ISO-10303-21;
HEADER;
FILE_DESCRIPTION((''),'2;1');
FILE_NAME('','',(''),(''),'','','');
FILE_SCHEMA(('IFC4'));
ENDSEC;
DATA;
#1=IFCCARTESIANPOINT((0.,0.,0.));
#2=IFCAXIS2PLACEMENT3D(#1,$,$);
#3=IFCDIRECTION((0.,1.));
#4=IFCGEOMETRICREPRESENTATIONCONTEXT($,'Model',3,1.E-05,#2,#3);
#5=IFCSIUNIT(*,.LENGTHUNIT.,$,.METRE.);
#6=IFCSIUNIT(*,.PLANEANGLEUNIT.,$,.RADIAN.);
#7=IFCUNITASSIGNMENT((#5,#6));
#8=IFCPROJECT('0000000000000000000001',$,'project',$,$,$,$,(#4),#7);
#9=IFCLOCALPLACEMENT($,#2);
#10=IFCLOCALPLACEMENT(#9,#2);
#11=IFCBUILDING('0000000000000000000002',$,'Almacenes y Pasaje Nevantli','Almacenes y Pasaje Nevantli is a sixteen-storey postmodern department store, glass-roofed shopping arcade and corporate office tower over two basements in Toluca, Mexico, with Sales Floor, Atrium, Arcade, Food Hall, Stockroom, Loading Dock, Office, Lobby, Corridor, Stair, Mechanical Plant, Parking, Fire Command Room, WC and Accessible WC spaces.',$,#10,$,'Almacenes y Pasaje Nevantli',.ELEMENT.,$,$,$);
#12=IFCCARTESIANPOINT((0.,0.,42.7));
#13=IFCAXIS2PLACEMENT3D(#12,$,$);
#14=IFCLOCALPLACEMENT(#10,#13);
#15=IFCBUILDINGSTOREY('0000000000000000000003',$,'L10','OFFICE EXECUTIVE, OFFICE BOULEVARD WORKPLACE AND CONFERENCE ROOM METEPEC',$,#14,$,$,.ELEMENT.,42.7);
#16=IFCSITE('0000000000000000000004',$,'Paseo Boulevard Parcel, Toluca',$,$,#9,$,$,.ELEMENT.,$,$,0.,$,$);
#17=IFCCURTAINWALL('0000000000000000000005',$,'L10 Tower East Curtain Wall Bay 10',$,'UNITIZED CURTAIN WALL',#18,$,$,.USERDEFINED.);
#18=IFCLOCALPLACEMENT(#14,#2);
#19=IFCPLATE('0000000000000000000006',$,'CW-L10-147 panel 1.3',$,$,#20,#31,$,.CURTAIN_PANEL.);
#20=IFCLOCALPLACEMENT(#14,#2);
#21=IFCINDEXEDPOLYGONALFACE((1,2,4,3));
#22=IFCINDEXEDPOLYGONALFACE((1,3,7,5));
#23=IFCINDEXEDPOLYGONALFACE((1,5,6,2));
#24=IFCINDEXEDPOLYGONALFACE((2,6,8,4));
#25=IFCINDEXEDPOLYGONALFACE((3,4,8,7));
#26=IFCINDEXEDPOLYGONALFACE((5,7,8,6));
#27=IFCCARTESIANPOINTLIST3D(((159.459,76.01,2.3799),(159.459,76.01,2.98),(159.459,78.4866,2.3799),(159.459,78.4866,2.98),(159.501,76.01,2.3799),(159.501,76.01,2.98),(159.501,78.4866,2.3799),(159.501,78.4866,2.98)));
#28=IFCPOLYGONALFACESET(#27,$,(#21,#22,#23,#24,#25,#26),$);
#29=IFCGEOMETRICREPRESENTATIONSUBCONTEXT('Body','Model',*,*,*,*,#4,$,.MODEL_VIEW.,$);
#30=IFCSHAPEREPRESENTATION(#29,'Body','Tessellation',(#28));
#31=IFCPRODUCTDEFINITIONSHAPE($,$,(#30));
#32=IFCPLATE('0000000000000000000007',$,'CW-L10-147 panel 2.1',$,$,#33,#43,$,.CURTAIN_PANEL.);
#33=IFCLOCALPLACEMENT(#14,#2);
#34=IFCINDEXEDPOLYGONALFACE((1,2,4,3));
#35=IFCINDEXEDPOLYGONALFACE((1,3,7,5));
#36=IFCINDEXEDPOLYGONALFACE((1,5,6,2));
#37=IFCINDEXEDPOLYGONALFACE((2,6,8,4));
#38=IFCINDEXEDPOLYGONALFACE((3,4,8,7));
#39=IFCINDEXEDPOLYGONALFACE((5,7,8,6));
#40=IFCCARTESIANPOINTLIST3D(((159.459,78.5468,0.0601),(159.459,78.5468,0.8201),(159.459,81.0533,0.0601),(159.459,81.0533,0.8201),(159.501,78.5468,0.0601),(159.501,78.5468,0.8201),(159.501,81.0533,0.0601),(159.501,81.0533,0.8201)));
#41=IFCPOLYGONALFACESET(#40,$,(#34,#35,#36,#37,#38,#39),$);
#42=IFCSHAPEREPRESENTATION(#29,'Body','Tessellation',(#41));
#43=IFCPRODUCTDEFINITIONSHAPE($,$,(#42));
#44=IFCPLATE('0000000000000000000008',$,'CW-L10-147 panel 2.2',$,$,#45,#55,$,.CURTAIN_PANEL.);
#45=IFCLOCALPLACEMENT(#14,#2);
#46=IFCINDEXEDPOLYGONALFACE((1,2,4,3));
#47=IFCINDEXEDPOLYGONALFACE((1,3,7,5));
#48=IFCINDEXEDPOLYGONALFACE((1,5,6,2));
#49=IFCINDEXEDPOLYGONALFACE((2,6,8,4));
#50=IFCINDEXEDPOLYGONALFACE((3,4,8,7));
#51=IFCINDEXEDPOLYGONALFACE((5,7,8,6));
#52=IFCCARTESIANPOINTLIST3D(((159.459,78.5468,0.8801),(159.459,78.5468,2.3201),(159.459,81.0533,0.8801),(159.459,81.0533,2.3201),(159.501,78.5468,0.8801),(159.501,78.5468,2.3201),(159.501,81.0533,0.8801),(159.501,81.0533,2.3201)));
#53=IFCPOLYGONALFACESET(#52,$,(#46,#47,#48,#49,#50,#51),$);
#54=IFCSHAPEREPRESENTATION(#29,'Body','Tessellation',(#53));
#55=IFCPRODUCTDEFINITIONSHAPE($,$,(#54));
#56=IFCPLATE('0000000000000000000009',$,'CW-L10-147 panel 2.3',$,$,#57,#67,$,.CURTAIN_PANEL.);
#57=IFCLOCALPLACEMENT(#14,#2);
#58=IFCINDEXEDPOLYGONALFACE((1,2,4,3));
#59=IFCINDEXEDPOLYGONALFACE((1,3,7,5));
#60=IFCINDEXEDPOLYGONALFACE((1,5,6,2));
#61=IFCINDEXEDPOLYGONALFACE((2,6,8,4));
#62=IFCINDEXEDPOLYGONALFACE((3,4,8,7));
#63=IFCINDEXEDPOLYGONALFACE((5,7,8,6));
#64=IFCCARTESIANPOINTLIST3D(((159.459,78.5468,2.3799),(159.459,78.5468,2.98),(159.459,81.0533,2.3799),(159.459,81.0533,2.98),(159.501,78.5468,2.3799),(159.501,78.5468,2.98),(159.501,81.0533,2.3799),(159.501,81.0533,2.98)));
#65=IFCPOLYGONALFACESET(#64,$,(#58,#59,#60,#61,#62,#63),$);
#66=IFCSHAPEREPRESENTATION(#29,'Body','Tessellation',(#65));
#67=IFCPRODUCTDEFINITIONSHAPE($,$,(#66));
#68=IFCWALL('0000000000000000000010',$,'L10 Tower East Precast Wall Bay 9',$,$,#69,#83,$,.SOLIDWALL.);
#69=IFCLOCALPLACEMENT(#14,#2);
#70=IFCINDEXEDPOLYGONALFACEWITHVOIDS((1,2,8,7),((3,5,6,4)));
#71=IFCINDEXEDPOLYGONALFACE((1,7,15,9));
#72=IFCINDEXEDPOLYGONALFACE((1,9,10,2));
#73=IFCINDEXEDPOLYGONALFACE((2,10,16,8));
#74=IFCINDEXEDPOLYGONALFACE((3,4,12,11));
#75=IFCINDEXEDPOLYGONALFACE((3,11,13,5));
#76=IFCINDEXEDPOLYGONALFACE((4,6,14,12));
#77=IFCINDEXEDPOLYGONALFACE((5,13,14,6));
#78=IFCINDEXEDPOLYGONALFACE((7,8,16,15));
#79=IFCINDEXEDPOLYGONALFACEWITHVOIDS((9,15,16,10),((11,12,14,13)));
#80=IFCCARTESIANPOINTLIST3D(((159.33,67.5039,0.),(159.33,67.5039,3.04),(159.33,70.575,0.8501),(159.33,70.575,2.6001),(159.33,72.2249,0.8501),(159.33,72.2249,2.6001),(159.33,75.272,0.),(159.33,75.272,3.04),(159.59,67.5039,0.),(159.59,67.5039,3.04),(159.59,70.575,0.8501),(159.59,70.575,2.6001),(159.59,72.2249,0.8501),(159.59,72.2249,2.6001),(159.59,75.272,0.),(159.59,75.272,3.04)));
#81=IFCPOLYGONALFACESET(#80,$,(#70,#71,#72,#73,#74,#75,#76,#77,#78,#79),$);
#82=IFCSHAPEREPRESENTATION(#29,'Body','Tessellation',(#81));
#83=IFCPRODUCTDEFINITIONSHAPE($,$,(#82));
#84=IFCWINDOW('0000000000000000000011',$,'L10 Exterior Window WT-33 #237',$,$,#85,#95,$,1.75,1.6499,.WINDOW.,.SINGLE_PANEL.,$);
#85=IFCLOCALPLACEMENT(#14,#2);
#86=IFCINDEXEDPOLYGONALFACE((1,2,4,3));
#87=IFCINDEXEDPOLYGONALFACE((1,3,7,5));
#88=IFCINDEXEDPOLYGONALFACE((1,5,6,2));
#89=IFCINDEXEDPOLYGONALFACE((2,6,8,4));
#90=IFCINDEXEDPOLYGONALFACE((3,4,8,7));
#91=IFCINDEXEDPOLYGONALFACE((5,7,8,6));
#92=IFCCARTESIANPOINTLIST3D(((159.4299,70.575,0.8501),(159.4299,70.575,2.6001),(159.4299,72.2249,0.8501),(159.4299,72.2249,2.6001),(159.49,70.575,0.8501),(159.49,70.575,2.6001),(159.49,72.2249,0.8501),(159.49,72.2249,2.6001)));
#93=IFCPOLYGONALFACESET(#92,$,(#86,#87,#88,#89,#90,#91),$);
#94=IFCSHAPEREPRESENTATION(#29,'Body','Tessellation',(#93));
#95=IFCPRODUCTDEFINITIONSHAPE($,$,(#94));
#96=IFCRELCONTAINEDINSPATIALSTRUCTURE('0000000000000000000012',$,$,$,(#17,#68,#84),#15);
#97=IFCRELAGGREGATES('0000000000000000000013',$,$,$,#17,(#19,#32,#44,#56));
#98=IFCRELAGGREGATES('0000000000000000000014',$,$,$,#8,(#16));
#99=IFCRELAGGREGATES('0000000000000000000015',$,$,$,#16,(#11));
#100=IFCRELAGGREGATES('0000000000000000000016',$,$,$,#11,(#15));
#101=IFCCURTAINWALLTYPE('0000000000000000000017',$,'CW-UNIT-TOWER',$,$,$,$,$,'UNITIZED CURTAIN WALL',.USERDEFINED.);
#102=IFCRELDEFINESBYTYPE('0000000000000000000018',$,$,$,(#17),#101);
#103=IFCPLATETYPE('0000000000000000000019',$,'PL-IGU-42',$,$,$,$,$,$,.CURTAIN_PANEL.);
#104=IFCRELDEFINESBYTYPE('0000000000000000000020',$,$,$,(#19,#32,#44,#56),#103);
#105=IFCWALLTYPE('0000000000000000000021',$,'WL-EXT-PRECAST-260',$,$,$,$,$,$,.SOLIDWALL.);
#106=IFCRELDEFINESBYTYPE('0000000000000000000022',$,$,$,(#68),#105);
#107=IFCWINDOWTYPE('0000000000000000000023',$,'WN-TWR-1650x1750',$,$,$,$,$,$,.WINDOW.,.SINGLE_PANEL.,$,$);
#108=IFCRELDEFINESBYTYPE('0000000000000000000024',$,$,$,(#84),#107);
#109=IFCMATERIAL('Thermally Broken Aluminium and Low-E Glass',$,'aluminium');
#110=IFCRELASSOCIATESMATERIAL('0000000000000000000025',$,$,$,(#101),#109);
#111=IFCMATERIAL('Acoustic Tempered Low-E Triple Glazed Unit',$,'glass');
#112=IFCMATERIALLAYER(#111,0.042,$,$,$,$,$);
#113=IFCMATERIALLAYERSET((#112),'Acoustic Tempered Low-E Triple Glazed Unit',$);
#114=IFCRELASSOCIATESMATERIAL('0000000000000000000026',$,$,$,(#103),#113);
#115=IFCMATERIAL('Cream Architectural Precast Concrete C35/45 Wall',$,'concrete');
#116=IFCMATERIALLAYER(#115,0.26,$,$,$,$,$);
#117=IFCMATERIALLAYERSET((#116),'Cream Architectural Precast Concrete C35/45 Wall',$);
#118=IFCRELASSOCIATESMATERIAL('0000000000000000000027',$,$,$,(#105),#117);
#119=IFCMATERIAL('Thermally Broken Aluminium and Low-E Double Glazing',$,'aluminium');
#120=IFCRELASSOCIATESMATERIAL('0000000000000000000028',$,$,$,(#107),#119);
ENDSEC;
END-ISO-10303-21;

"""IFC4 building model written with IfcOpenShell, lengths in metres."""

from ifc_helpers import new_model, si_unit, direction, frame, frame_2d, origin, origin_2d, place, context, subcontext, project, spatial, rectangle, extrude, material, layer, layer_set, type_object, element, fill, aggregate, save


model = new_model("IFC4")

# Units and contexts
model_context = context("Model", 3, precision=1e-05, world=origin(), true_north=direction((0.0, 1.0)))
body_context = subcontext(model_context, "Body", "Model", "MODEL_VIEW")
ifc_project = project(units=[si_unit("LENGTHUNIT", "METRE"), si_unit("PLANEANGLEUNIT", "RADIAN")], contexts=[model_context])

# Site, building, storey
site_placement = place(None, origin())
site = spatial("IfcSite", under=ifc_project, at=site_placement, Name="Paseo Boulevard Parcel, Toluca", CompositionType="ELEMENT", RefElevation=0.0)
building_placement = place(site_placement, origin())
building = spatial("IfcBuilding", under=site, at=building_placement, Name="Almacenes y Pasaje Nevantli", Description="Almacenes y Pasaje Nevantli is a sixteen-storey postmodern department store, glass-roofed shopping arcade and corporate office tower over two basements in Toluca, Mexico, with Sales Floor, Atrium, Arcade, Food Hall, Stockroom, Loading Dock, Office, Lobby, Corridor, Stair, Mechanical Plant, Parking, Fire Command Room, WC and Accessible WC spaces.", LongName="Almacenes y Pasaje Nevantli", CompositionType="ELEMENT")
storey_placement = place(building_placement, frame((0.0, 0.0, 42.7)))
storey = spatial("IfcBuildingStorey", under=building, at=storey_placement, Name="L10", Description="OFFICE EXECUTIVE, OFFICE BOULEVARD WORKPLACE AND CONFERENCE ROOM METEPEC", CompositionType="ELEMENT", Elevation=42.7)

# Shared definitions
ifc_material_1 = material(Name="Thermally Broken Aluminium and Low-E Glass", Category="aluminium")
curtain_wall_type = type_object("IfcCurtainWallType", Name="CW-UNIT-TOWER", ElementType="UNITIZED CURTAIN WALL", PredefinedType="USERDEFINED", material=ifc_material_1)

# Curtain wall, plates
curtain_wall_1_placement = place(storey_placement, origin())
curtain_wall_1 = element("IfcCurtainWall", 1, at=curtain_wall_1_placement, inside=storey, type_object=curtain_wall_type, Name="L10 Tower East Curtain Wall Bay 10", ObjectType="UNITIZED CURTAIN WALL", PredefinedType="USERDEFINED")
ifc_material_2 = material(Name="Acoustic Tempered Low-E Triple Glazed Unit", Category="glass")
ifc_layer_1 = layer(ifc_material_2, 0.042)
ifc_layer_set_1 = layer_set([ifc_layer_1], Name="Acoustic Tempered Low-E Triple Glazed Unit")
plate_type = type_object("IfcPlateType", Name="PL-IGU-42", PredefinedType="CURTAIN_PANEL", material=ifc_layer_set_1)
plate_1_placement = place(storey_placement, frame((159.48, 77.2483, 2.3799), z_axis=(0.0, 0.0, 1.0), x_axis=(0.0, 1.0, 0.0)))
plate_1 = element("IfcPlate", 2, at=plate_1_placement, type_object=plate_type, Name="CW-L10-147 panel 1.3", PredefinedType="CURTAIN_PANEL", context=body_context, shape_type="SweptSolid", body=[
    extrude(rectangle(XDim=2.4766, YDim=0.042, at=origin_2d()), origin(), (0.0, 0.0, 1.0), 0.6001),
])
plate_2_placement = place(storey_placement, frame((159.48, 79.8, 0.0601), z_axis=(0.0, 0.0, 1.0), x_axis=(0.0, 1.0, 0.0)))
plate_2 = element("IfcPlate", 3, at=plate_2_placement, type_object=plate_type, Name="CW-L10-147 panel 2.1", PredefinedType="CURTAIN_PANEL", context=body_context, shape_type="SweptSolid", body=[
    extrude(rectangle(XDim=2.5066, YDim=0.042, at=origin_2d()), origin(), (0.0, 0.0, 1.0), 0.76),
])
plate_3_placement = place(storey_placement, frame((159.48, 79.8, 0.8801), z_axis=(0.0, 0.0, 1.0), x_axis=(0.0, 1.0, 0.0)))
plate_3 = element("IfcPlate", 4, at=plate_3_placement, type_object=plate_type, Name="CW-L10-147 panel 2.2", PredefinedType="CURTAIN_PANEL", context=body_context, shape_type="SweptSolid", body=[
    extrude(rectangle(XDim=2.5066, YDim=0.042, at=origin_2d()), origin(), (0.0, 0.0, 1.0), 1.4399),
])
plate_4_placement = place(storey_placement, frame((159.48, 79.8, 2.3799), z_axis=(0.0, 0.0, 1.0), x_axis=(0.0, 1.0, 0.0)))
plate_4 = element("IfcPlate", 5, at=plate_4_placement, type_object=plate_type, Name="CW-L10-147 panel 2.3", PredefinedType="CURTAIN_PANEL", context=body_context, shape_type="SweptSolid", body=[
    extrude(rectangle(XDim=2.5066, YDim=0.042, at=origin_2d()), origin(), (0.0, 0.0, 1.0), 0.6001),
])
aggregate(curtain_wall_1, [plate_1, plate_2, plate_3, plate_4])

# Wall, opening, window
ifc_material_3 = material(Name="Cream Architectural Precast Concrete C35/45 Wall", Category="concrete")
ifc_layer_2 = layer(ifc_material_3, 0.26)
ifc_layer_set_2 = layer_set([ifc_layer_2], Name="Cream Architectural Precast Concrete C35/45 Wall")
wall_type = type_object("IfcWallType", Name="WL-EXT-PRECAST-260", PredefinedType="SOLIDWALL", material=ifc_layer_set_2)
wall_placement = place(storey_placement, frame((159.46, 67.5039, 0.0), z_axis=(0.0, 0.0, 1.0), x_axis=(0.0, 1.0, 0.0)))
wall = element("IfcWall", 6, at=wall_placement, inside=storey, type_object=wall_type, Name="L10 Tower East Precast Wall Bay 9", PredefinedType="SOLIDWALL", context=body_context, shape_type="SweptSolid", body=[
    extrude(rectangle(XDim=7.7681, YDim=0.26, at=frame_2d((3.884, 0.0))), origin(), (0.0, 0.0, 1.0), 3.04),
])
opening_placement = place(wall_placement, frame((3.071, 0.0, 0.8501)))
opening = element("IfcOpeningElement", 7, at=opening_placement, cuts=wall, PredefinedType="OPENING", context=body_context, shape_type="SweptSolid", body=[
    extrude(rectangle(XDim=1.6499, YDim=1.75, at=frame_2d((0.825, 0.875))), frame((0.0, 0.1399, 0.0), z_axis=(0.0, -1.0, 0.0), x_axis=(1.0, 0.0, 0.0)), (0.0, 0.0, 1.0), 0.28),
])
ifc_material_4 = material(Name="Thermally Broken Aluminium and Low-E Double Glazing", Category="aluminium")
window_type = type_object("IfcWindowType", Name="WN-TWR-1650x1750", PartitioningType="SINGLE_PANEL", PredefinedType="WINDOW", material=ifc_material_4)
window_placement = place(opening_placement, origin())
window = element("IfcWindow", 8, at=window_placement, inside=storey, type_object=window_type, Name="L10 Exterior Window WT-33 #237", OverallHeight=1.75, OverallWidth=1.6499, PartitioningType="SINGLE_PANEL", PredefinedType="WINDOW", context=body_context, shape_type="SweptSolid", body=[
    extrude(rectangle(XDim=1.6499, YDim=1.75, at=frame_2d((0.825, 0.875))), frame((0.0, 0.03, 0.0), z_axis=(0.0, -1.0, 0.0), x_axis=(1.0, 0.0, 0.0)), (0.0, 0.0, 1.0), 0.0601),
])
fill(opening, window)

save(model, "model.ifc")
